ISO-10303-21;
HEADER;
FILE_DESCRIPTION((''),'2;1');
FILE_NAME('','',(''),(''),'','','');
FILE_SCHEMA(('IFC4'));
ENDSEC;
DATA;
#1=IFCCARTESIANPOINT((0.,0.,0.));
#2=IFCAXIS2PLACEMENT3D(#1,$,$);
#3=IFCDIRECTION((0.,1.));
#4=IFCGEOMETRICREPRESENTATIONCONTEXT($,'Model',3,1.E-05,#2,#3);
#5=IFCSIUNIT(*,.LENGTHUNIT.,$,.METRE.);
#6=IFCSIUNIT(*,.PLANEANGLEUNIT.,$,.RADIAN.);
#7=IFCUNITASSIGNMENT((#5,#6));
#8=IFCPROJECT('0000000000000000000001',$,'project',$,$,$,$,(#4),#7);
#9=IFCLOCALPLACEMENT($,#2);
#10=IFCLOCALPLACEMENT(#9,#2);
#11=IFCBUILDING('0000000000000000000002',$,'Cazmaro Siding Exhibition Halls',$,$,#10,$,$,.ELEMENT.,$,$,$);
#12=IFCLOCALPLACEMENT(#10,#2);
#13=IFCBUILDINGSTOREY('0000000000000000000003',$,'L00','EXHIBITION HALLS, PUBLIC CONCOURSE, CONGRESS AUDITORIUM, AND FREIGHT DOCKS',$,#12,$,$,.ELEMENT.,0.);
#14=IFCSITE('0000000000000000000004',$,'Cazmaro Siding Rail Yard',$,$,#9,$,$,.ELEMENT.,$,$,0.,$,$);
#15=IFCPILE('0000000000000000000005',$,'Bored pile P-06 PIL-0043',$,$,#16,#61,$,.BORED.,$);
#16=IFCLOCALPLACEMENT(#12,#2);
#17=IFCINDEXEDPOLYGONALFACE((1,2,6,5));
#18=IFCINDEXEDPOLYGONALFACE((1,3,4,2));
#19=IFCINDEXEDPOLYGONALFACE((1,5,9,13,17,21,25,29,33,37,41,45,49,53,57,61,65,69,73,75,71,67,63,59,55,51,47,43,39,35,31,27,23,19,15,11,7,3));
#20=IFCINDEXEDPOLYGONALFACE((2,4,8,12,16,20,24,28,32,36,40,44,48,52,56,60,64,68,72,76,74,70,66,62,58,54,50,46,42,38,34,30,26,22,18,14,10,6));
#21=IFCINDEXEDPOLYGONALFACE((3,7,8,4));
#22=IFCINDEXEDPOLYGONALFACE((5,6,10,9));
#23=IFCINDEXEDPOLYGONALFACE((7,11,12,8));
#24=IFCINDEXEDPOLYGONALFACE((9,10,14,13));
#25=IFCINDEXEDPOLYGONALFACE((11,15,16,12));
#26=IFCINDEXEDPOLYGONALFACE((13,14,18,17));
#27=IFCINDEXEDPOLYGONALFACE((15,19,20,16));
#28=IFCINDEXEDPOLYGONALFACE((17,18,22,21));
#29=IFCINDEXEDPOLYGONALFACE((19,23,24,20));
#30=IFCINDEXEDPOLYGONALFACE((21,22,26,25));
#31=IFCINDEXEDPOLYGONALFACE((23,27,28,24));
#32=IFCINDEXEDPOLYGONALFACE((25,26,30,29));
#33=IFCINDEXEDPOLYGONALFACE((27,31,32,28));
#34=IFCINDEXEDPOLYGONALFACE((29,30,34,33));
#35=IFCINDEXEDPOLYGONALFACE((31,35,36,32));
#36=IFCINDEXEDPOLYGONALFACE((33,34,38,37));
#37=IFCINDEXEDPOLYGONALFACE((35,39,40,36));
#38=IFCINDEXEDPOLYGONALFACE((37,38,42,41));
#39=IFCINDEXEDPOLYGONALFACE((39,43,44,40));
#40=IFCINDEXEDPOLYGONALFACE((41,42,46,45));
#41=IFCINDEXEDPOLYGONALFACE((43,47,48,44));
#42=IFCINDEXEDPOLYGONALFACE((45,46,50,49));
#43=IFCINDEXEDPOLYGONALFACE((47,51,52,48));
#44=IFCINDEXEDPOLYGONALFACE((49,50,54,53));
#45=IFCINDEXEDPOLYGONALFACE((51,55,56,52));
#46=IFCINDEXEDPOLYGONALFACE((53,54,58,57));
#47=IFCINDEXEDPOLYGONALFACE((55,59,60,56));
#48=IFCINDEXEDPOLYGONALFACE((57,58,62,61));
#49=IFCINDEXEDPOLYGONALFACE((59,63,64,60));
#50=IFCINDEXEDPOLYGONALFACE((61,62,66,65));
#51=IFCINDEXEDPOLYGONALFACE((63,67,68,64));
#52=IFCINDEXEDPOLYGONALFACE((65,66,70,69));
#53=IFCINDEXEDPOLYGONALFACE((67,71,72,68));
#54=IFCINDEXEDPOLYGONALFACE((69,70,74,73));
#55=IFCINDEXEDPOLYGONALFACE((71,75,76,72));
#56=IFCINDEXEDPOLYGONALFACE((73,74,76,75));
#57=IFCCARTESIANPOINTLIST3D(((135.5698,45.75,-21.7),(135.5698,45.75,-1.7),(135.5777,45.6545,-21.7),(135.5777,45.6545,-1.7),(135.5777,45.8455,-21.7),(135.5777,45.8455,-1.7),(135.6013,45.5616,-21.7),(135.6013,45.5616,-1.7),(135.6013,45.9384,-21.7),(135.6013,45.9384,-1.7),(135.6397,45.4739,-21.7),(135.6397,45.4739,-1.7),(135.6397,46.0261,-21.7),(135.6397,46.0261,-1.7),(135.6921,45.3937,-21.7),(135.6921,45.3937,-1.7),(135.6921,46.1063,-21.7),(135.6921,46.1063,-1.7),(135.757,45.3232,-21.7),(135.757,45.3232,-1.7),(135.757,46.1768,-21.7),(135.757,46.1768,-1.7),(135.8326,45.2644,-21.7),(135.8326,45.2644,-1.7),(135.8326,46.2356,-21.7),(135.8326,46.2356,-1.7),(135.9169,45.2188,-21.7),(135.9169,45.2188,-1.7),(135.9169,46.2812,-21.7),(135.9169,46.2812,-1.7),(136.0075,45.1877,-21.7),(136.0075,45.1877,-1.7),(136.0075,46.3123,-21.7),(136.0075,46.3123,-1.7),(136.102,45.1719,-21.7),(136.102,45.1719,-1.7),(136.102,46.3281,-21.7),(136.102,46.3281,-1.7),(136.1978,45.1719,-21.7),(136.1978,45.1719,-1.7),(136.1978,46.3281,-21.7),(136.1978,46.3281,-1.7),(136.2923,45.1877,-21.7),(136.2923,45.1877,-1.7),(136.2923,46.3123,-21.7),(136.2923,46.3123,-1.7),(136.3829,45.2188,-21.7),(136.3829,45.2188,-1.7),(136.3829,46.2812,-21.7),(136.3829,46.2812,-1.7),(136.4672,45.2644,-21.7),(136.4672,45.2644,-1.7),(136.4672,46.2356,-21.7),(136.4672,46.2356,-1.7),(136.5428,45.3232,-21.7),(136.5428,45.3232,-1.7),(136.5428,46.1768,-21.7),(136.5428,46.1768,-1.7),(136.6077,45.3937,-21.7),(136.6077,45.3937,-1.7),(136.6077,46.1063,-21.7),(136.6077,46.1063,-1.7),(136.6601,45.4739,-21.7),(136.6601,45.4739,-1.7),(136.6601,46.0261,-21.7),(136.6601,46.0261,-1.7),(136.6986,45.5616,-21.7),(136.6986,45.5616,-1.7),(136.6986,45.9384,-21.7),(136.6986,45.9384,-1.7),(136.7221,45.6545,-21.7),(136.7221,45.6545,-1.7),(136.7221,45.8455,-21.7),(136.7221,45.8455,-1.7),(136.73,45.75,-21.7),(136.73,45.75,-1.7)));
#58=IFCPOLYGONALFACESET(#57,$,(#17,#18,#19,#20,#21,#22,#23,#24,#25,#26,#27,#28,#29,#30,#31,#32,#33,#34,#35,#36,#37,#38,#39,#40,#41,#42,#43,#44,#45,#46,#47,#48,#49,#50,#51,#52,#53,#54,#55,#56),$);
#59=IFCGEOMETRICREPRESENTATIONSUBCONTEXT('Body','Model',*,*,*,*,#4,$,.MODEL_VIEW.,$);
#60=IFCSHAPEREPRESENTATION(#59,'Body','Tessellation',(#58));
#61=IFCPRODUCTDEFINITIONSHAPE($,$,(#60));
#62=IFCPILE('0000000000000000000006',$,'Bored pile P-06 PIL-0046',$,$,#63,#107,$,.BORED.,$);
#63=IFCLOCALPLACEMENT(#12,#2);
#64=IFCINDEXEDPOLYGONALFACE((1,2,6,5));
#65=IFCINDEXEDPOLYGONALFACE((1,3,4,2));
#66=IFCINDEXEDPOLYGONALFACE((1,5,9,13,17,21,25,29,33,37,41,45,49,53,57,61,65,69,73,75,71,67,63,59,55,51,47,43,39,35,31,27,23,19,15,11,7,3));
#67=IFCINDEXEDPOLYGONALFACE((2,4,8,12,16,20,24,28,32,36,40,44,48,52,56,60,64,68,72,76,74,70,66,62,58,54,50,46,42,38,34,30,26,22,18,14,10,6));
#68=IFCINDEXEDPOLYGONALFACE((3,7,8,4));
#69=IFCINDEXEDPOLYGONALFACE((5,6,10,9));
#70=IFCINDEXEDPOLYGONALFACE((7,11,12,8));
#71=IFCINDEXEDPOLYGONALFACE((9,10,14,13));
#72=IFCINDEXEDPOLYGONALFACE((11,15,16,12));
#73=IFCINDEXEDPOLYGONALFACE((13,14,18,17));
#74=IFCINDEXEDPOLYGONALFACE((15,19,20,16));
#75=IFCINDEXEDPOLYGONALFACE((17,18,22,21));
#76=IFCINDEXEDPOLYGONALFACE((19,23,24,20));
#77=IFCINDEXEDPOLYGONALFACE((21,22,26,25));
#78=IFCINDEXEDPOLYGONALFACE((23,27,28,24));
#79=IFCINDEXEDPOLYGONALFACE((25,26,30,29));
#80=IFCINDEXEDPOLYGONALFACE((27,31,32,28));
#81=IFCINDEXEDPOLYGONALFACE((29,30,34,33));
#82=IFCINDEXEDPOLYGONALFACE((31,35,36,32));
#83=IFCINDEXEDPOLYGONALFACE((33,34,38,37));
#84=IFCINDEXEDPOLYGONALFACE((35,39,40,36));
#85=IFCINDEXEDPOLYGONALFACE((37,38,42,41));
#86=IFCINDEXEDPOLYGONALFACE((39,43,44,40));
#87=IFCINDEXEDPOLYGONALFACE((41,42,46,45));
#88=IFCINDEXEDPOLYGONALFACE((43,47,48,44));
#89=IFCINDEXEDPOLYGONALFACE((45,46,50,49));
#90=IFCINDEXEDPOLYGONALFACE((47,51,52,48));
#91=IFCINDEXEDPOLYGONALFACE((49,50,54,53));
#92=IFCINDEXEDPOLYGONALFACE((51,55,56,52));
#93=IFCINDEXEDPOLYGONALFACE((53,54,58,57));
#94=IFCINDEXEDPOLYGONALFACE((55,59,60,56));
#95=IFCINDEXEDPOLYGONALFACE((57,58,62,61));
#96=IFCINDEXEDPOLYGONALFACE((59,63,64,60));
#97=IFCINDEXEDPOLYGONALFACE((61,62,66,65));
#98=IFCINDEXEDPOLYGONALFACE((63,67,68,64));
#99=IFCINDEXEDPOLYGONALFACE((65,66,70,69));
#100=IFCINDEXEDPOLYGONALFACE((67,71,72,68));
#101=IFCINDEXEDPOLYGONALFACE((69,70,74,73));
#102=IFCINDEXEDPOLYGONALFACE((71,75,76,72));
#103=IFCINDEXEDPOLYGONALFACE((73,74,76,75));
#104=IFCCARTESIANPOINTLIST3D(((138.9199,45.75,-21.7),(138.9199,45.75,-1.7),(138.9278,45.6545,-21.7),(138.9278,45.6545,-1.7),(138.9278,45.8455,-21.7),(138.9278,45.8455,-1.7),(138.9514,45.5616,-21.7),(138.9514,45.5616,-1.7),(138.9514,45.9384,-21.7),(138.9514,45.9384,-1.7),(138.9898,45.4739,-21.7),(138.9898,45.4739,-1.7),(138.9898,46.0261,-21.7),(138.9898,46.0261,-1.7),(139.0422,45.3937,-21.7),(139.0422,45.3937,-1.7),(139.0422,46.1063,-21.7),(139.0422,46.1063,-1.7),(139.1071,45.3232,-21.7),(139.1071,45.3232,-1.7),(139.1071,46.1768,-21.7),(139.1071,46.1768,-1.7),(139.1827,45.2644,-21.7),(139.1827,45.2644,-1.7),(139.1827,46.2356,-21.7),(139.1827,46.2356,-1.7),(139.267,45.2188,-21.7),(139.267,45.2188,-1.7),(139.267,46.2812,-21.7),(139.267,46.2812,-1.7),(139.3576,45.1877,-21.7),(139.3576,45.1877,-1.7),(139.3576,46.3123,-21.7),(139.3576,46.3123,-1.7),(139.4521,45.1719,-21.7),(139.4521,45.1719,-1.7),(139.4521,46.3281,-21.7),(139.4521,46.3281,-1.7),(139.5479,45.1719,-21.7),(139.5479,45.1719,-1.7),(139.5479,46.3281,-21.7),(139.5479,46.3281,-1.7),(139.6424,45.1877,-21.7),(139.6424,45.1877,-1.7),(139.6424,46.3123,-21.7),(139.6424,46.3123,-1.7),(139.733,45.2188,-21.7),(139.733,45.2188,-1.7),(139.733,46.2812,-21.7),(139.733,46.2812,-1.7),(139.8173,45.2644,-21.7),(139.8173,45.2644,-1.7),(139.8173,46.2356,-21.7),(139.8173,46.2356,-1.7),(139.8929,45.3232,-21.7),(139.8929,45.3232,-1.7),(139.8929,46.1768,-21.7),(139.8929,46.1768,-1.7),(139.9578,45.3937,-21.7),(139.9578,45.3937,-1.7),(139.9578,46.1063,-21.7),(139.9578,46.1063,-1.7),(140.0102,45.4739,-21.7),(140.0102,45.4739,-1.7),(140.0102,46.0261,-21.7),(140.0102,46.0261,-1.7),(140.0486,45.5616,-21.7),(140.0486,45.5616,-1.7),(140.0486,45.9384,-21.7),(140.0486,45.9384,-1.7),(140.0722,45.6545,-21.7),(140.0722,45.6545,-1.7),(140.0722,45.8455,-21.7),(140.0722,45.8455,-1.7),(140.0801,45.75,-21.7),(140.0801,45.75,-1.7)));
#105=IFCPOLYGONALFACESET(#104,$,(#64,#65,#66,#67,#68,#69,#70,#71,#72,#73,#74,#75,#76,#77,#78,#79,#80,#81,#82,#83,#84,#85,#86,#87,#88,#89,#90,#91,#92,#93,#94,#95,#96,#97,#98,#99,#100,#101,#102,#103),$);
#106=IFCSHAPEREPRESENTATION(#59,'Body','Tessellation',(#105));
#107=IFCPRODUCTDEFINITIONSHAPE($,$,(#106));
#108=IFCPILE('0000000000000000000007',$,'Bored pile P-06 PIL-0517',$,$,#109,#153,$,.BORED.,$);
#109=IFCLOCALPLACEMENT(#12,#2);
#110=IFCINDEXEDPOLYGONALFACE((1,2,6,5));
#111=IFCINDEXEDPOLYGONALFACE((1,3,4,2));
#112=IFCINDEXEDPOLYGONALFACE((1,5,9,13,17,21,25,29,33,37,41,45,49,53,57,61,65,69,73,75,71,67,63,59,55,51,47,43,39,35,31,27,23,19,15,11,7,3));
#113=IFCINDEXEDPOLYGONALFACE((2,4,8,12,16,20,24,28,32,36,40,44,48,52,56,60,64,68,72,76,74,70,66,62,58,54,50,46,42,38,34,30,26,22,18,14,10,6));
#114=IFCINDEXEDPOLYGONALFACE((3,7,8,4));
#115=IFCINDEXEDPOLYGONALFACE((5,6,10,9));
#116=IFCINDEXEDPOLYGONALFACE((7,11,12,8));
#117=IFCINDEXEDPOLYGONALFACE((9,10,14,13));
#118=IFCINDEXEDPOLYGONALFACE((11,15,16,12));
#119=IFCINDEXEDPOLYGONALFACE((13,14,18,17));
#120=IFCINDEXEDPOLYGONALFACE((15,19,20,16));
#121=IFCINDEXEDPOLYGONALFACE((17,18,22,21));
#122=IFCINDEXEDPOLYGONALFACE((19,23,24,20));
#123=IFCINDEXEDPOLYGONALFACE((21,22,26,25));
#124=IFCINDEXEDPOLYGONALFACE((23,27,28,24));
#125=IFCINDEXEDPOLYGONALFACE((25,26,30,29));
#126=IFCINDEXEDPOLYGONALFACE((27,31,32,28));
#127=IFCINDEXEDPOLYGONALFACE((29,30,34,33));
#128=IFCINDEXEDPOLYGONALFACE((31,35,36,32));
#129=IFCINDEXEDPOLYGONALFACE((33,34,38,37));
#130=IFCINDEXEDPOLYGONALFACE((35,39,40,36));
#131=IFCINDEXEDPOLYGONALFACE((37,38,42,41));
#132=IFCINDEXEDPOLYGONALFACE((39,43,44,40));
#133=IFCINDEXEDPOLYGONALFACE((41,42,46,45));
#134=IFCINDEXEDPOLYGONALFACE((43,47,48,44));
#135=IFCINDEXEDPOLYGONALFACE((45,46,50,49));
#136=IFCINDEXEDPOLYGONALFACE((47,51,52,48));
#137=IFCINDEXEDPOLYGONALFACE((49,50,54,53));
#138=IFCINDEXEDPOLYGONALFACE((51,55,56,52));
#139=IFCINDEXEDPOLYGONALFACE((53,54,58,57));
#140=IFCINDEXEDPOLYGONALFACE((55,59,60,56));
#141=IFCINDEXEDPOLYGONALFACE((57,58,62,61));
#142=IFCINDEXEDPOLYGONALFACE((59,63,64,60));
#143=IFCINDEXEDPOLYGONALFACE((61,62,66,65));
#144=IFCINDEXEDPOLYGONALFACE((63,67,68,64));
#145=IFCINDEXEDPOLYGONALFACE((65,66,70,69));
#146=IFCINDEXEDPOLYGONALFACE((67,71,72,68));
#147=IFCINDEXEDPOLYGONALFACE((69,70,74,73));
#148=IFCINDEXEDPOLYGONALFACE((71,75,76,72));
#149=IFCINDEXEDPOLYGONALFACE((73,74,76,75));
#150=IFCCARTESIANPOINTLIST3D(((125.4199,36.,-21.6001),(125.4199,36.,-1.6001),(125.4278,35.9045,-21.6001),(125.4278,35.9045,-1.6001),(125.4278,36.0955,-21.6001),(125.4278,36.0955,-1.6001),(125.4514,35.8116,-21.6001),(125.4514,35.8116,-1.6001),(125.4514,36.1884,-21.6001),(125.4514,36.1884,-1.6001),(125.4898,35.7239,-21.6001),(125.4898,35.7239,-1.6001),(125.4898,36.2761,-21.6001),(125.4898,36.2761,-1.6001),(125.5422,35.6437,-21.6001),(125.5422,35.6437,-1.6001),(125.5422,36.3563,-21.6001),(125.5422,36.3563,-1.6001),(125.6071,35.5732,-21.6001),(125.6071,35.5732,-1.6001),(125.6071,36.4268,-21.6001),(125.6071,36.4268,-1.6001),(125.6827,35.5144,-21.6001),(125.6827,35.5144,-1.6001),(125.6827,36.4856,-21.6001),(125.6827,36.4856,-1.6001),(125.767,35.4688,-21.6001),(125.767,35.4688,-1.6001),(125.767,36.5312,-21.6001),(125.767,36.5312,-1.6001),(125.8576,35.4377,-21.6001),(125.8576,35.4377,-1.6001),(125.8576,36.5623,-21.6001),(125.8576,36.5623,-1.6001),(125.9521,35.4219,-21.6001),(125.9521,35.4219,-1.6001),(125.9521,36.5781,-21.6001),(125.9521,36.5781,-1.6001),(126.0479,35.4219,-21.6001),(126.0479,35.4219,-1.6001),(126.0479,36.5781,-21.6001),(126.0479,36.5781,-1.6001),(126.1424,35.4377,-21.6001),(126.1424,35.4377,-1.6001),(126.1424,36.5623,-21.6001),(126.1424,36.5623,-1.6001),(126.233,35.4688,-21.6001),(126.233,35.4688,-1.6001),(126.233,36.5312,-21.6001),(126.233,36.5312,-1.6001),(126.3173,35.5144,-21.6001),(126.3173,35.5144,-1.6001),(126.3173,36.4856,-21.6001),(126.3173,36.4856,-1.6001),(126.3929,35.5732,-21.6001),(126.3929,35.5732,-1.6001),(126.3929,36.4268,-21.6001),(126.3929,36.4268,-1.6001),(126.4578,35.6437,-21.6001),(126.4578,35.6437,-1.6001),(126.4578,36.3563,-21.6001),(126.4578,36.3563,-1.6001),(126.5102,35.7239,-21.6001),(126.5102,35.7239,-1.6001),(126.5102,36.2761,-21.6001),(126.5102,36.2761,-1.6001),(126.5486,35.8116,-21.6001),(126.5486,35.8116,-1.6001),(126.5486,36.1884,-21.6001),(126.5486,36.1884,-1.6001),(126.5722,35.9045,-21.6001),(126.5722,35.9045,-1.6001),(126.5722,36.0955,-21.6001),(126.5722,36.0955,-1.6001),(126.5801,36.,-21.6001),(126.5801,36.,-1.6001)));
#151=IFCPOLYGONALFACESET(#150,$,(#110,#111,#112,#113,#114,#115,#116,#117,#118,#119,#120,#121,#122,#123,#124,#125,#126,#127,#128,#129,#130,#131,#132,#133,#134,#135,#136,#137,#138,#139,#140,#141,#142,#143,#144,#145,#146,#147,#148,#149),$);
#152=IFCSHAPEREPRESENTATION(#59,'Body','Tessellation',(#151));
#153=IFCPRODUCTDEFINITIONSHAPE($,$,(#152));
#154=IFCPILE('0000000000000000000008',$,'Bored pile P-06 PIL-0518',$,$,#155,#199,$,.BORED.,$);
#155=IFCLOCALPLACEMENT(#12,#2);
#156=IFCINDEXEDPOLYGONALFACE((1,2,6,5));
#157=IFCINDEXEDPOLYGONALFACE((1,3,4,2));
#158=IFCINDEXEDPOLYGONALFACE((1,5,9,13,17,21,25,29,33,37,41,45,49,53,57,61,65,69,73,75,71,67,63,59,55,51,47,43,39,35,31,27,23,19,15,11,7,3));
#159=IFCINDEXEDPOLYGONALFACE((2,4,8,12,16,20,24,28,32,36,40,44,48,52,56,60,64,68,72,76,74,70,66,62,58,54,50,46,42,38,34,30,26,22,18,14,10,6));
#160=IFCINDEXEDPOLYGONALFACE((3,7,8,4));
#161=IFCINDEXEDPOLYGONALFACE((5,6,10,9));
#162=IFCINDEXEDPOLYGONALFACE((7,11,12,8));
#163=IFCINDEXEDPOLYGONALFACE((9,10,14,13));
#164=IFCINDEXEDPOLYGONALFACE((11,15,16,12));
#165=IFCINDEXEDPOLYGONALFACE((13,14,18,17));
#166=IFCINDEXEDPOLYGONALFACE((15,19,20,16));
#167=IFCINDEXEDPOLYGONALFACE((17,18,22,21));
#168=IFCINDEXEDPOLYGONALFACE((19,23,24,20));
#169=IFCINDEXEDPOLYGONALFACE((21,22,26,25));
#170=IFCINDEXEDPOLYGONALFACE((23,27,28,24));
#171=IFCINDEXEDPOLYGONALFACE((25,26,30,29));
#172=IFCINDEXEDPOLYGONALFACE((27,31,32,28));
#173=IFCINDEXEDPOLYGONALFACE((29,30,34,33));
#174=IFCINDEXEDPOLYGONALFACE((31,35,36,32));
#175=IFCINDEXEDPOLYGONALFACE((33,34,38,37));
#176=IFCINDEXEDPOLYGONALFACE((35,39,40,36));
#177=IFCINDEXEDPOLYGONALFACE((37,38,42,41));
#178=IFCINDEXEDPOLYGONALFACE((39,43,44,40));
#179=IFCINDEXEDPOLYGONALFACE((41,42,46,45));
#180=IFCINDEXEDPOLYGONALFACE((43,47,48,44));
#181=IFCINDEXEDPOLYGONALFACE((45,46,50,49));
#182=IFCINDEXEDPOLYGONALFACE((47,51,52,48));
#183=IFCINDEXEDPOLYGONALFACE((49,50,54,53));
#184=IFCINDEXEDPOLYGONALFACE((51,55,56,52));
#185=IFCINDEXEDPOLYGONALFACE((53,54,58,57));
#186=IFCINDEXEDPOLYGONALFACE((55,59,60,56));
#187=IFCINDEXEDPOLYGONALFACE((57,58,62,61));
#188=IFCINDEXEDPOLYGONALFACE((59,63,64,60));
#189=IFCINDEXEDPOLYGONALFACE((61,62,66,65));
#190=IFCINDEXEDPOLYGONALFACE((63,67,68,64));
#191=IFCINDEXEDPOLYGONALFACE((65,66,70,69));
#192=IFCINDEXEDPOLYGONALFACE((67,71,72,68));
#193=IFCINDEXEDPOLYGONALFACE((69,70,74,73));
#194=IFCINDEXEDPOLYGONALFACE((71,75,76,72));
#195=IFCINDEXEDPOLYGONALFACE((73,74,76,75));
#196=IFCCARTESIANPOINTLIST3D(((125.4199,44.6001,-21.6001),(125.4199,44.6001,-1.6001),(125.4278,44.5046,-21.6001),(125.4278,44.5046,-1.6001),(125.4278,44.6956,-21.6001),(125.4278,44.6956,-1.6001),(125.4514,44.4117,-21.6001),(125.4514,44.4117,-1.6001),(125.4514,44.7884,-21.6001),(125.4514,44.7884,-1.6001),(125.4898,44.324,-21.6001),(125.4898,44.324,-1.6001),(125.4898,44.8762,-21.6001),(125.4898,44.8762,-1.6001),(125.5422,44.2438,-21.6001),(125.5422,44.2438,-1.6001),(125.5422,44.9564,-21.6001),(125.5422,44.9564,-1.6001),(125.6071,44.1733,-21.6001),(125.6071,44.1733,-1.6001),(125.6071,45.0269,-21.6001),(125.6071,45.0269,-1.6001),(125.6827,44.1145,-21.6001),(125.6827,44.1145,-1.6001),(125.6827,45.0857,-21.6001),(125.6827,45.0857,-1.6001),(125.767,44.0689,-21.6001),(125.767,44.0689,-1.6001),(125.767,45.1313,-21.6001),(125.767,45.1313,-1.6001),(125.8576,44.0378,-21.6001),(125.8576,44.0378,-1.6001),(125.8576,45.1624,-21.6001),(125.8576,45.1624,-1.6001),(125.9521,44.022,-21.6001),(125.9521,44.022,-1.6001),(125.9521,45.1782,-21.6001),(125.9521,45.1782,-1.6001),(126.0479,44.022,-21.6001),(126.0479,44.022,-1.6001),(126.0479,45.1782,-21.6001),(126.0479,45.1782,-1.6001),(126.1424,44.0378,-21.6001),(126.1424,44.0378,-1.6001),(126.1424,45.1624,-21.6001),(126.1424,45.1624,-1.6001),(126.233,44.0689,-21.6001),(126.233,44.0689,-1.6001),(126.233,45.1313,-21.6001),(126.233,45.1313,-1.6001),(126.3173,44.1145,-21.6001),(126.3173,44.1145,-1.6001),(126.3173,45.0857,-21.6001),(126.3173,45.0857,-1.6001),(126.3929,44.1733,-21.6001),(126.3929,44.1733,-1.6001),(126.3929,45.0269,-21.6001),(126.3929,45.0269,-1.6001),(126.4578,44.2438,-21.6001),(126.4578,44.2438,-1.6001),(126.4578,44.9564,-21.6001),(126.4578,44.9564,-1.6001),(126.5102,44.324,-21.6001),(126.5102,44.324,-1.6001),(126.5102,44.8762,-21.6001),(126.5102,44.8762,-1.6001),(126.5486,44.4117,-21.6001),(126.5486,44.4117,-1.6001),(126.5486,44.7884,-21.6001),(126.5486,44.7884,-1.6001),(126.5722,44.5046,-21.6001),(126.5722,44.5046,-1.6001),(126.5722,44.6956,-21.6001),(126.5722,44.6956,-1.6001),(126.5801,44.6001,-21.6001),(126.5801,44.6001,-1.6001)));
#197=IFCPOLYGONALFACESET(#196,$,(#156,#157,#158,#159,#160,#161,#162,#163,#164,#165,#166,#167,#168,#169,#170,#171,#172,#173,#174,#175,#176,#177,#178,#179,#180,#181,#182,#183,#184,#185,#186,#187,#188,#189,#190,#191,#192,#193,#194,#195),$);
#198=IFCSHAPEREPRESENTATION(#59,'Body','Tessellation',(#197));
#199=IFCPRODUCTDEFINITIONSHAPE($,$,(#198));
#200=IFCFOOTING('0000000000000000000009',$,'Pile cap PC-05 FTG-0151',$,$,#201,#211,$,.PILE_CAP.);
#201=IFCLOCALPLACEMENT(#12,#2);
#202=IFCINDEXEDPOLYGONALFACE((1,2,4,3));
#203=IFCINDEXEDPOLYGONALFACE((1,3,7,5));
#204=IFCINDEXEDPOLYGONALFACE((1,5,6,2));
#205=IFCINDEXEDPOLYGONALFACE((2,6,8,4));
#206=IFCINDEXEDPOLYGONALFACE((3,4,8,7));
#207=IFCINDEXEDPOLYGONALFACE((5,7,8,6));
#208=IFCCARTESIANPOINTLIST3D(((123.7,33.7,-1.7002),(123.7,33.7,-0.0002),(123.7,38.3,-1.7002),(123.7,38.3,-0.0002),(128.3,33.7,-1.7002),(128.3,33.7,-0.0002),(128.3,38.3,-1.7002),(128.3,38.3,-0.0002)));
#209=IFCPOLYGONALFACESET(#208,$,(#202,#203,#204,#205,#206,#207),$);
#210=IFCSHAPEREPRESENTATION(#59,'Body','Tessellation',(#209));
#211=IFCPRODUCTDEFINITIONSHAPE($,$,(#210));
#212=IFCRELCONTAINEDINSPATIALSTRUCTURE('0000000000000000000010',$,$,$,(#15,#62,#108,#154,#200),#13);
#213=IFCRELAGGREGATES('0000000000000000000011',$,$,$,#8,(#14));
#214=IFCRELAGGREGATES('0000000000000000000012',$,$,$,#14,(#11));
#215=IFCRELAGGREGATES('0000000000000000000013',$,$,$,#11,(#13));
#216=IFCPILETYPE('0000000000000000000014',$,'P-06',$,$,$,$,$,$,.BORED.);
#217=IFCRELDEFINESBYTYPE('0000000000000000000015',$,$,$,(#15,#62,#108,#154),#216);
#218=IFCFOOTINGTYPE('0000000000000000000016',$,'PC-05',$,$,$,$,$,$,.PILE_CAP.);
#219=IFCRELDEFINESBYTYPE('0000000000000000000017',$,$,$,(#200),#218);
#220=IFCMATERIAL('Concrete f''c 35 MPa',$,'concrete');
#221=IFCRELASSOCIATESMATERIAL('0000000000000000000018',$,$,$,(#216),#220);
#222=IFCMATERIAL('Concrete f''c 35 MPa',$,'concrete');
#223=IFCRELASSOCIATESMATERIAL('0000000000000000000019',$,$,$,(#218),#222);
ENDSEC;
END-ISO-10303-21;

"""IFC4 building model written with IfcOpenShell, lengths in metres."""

from ifc_helpers import new_model, si_unit, direction, frame, origin, origin_2d, place, context, subcontext, project, spatial, rectangle, circle, extrude, material, material_profile, profile_set, type_object, element, save


model = new_model("IFC4")

# Units and contexts
model_context = context("Model", 3, precision=1e-05, world=origin(), true_north=direction((0.0, 1.0)))
body_context = subcontext(model_context, "Body", "Model", "MODEL_VIEW")
ifc_project = project(units=[si_unit("LENGTHUNIT", "METRE"), si_unit("PLANEANGLEUNIT", "RADIAN")], contexts=[model_context])

# Site, building, storey
site_placement = place(None, origin())
site = spatial("IfcSite", under=ifc_project, at=site_placement, Name="Cazmaro Siding Rail Yard", CompositionType="ELEMENT", RefElevation=0.0)
building_placement = place(site_placement, origin())
building = spatial("IfcBuilding", under=site, at=building_placement, Name="Cazmaro Siding Exhibition Halls", CompositionType="ELEMENT")
storey_placement = place(building_placement, origin())
storey = spatial("IfcBuildingStorey", under=building, at=storey_placement, Name="L00", Description="EXHIBITION HALLS, PUBLIC CONCOURSE, CONGRESS AUDITORIUM, AND FREIGHT DOCKS", CompositionType="ELEMENT", Elevation=0.0)

# Piles
ifc_material_1 = material(Name="Concrete f'c 35 MPa", Category="concrete")
ifc_material_profile_1 = material_profile(ifc_material_1, circle(Radius=0.5801, at=origin_2d()), Name="CIDH-1160")
ifc_profile_set_1 = profile_set([ifc_material_profile_1], Name="Concrete f'c 35 MPa")
pile_type = type_object("IfcPileType", Name="P-06", PredefinedType="BORED", material=ifc_profile_set_1)
for number, where, z_axis, x_axis, name in (
    (1, (136.1499, 45.75, -1.7), (0.0, 0.0, -1.0), (1.0, 0.0, 0.0), "Bored pile P-06 PIL-0043"),
    (2, (139.5, 45.75, -1.7), (0.0, 0.0, -1.0), (1.0, 0.0, 0.0), "Bored pile P-06 PIL-0046"),
    (3, (126.0, 36.0, -1.6001), (0.0, 0.0, -1.0), (1.0, 0.0, 0.0), "Bored pile P-06 PIL-0517"),
    (4, (126.0, 44.6001, -1.6001), (0.0, 0.0, -1.0), (1.0, 0.0, 0.0), "Bored pile P-06 PIL-0518"),
):
    element("IfcPile", number, at=place(storey_placement, frame(where, z_axis=z_axis, x_axis=x_axis)), inside=storey, type_object=pile_type, Name=name, PredefinedType="BORED", context=body_context, shape_type="SweptSolid", body=[
        extrude(circle(Radius=0.5801, at=origin_2d()), origin(), (0.0, 0.0, 1.0), 20.0),
    ])

# Footing
ifc_material_2 = material(Name="Concrete f'c 35 MPa", Category="concrete")
footing_type = type_object("IfcFootingType", Name="PC-05", PredefinedType="PILE_CAP", material=ifc_material_2)
for number, where, z_axis, x_axis, name in (
    (5, (126.0, 36.0, -1.7002), (0.0, 0.0, 1.0), (1.0, 0.0, 0.0), "Pile cap PC-05 FTG-0151"),
):
    element("IfcFooting", number, at=place(storey_placement, frame(where, z_axis=z_axis, x_axis=x_axis)), inside=storey, type_object=footing_type, Name=name, PredefinedType="PILE_CAP", context=body_context, shape_type="SweptSolid", body=[
        extrude(rectangle(XDim=4.6001, YDim=4.6001, at=origin_2d()), origin(), (0.0, 0.0, 1.0), 1.7),
    ])

save(model, "model.ifc")
